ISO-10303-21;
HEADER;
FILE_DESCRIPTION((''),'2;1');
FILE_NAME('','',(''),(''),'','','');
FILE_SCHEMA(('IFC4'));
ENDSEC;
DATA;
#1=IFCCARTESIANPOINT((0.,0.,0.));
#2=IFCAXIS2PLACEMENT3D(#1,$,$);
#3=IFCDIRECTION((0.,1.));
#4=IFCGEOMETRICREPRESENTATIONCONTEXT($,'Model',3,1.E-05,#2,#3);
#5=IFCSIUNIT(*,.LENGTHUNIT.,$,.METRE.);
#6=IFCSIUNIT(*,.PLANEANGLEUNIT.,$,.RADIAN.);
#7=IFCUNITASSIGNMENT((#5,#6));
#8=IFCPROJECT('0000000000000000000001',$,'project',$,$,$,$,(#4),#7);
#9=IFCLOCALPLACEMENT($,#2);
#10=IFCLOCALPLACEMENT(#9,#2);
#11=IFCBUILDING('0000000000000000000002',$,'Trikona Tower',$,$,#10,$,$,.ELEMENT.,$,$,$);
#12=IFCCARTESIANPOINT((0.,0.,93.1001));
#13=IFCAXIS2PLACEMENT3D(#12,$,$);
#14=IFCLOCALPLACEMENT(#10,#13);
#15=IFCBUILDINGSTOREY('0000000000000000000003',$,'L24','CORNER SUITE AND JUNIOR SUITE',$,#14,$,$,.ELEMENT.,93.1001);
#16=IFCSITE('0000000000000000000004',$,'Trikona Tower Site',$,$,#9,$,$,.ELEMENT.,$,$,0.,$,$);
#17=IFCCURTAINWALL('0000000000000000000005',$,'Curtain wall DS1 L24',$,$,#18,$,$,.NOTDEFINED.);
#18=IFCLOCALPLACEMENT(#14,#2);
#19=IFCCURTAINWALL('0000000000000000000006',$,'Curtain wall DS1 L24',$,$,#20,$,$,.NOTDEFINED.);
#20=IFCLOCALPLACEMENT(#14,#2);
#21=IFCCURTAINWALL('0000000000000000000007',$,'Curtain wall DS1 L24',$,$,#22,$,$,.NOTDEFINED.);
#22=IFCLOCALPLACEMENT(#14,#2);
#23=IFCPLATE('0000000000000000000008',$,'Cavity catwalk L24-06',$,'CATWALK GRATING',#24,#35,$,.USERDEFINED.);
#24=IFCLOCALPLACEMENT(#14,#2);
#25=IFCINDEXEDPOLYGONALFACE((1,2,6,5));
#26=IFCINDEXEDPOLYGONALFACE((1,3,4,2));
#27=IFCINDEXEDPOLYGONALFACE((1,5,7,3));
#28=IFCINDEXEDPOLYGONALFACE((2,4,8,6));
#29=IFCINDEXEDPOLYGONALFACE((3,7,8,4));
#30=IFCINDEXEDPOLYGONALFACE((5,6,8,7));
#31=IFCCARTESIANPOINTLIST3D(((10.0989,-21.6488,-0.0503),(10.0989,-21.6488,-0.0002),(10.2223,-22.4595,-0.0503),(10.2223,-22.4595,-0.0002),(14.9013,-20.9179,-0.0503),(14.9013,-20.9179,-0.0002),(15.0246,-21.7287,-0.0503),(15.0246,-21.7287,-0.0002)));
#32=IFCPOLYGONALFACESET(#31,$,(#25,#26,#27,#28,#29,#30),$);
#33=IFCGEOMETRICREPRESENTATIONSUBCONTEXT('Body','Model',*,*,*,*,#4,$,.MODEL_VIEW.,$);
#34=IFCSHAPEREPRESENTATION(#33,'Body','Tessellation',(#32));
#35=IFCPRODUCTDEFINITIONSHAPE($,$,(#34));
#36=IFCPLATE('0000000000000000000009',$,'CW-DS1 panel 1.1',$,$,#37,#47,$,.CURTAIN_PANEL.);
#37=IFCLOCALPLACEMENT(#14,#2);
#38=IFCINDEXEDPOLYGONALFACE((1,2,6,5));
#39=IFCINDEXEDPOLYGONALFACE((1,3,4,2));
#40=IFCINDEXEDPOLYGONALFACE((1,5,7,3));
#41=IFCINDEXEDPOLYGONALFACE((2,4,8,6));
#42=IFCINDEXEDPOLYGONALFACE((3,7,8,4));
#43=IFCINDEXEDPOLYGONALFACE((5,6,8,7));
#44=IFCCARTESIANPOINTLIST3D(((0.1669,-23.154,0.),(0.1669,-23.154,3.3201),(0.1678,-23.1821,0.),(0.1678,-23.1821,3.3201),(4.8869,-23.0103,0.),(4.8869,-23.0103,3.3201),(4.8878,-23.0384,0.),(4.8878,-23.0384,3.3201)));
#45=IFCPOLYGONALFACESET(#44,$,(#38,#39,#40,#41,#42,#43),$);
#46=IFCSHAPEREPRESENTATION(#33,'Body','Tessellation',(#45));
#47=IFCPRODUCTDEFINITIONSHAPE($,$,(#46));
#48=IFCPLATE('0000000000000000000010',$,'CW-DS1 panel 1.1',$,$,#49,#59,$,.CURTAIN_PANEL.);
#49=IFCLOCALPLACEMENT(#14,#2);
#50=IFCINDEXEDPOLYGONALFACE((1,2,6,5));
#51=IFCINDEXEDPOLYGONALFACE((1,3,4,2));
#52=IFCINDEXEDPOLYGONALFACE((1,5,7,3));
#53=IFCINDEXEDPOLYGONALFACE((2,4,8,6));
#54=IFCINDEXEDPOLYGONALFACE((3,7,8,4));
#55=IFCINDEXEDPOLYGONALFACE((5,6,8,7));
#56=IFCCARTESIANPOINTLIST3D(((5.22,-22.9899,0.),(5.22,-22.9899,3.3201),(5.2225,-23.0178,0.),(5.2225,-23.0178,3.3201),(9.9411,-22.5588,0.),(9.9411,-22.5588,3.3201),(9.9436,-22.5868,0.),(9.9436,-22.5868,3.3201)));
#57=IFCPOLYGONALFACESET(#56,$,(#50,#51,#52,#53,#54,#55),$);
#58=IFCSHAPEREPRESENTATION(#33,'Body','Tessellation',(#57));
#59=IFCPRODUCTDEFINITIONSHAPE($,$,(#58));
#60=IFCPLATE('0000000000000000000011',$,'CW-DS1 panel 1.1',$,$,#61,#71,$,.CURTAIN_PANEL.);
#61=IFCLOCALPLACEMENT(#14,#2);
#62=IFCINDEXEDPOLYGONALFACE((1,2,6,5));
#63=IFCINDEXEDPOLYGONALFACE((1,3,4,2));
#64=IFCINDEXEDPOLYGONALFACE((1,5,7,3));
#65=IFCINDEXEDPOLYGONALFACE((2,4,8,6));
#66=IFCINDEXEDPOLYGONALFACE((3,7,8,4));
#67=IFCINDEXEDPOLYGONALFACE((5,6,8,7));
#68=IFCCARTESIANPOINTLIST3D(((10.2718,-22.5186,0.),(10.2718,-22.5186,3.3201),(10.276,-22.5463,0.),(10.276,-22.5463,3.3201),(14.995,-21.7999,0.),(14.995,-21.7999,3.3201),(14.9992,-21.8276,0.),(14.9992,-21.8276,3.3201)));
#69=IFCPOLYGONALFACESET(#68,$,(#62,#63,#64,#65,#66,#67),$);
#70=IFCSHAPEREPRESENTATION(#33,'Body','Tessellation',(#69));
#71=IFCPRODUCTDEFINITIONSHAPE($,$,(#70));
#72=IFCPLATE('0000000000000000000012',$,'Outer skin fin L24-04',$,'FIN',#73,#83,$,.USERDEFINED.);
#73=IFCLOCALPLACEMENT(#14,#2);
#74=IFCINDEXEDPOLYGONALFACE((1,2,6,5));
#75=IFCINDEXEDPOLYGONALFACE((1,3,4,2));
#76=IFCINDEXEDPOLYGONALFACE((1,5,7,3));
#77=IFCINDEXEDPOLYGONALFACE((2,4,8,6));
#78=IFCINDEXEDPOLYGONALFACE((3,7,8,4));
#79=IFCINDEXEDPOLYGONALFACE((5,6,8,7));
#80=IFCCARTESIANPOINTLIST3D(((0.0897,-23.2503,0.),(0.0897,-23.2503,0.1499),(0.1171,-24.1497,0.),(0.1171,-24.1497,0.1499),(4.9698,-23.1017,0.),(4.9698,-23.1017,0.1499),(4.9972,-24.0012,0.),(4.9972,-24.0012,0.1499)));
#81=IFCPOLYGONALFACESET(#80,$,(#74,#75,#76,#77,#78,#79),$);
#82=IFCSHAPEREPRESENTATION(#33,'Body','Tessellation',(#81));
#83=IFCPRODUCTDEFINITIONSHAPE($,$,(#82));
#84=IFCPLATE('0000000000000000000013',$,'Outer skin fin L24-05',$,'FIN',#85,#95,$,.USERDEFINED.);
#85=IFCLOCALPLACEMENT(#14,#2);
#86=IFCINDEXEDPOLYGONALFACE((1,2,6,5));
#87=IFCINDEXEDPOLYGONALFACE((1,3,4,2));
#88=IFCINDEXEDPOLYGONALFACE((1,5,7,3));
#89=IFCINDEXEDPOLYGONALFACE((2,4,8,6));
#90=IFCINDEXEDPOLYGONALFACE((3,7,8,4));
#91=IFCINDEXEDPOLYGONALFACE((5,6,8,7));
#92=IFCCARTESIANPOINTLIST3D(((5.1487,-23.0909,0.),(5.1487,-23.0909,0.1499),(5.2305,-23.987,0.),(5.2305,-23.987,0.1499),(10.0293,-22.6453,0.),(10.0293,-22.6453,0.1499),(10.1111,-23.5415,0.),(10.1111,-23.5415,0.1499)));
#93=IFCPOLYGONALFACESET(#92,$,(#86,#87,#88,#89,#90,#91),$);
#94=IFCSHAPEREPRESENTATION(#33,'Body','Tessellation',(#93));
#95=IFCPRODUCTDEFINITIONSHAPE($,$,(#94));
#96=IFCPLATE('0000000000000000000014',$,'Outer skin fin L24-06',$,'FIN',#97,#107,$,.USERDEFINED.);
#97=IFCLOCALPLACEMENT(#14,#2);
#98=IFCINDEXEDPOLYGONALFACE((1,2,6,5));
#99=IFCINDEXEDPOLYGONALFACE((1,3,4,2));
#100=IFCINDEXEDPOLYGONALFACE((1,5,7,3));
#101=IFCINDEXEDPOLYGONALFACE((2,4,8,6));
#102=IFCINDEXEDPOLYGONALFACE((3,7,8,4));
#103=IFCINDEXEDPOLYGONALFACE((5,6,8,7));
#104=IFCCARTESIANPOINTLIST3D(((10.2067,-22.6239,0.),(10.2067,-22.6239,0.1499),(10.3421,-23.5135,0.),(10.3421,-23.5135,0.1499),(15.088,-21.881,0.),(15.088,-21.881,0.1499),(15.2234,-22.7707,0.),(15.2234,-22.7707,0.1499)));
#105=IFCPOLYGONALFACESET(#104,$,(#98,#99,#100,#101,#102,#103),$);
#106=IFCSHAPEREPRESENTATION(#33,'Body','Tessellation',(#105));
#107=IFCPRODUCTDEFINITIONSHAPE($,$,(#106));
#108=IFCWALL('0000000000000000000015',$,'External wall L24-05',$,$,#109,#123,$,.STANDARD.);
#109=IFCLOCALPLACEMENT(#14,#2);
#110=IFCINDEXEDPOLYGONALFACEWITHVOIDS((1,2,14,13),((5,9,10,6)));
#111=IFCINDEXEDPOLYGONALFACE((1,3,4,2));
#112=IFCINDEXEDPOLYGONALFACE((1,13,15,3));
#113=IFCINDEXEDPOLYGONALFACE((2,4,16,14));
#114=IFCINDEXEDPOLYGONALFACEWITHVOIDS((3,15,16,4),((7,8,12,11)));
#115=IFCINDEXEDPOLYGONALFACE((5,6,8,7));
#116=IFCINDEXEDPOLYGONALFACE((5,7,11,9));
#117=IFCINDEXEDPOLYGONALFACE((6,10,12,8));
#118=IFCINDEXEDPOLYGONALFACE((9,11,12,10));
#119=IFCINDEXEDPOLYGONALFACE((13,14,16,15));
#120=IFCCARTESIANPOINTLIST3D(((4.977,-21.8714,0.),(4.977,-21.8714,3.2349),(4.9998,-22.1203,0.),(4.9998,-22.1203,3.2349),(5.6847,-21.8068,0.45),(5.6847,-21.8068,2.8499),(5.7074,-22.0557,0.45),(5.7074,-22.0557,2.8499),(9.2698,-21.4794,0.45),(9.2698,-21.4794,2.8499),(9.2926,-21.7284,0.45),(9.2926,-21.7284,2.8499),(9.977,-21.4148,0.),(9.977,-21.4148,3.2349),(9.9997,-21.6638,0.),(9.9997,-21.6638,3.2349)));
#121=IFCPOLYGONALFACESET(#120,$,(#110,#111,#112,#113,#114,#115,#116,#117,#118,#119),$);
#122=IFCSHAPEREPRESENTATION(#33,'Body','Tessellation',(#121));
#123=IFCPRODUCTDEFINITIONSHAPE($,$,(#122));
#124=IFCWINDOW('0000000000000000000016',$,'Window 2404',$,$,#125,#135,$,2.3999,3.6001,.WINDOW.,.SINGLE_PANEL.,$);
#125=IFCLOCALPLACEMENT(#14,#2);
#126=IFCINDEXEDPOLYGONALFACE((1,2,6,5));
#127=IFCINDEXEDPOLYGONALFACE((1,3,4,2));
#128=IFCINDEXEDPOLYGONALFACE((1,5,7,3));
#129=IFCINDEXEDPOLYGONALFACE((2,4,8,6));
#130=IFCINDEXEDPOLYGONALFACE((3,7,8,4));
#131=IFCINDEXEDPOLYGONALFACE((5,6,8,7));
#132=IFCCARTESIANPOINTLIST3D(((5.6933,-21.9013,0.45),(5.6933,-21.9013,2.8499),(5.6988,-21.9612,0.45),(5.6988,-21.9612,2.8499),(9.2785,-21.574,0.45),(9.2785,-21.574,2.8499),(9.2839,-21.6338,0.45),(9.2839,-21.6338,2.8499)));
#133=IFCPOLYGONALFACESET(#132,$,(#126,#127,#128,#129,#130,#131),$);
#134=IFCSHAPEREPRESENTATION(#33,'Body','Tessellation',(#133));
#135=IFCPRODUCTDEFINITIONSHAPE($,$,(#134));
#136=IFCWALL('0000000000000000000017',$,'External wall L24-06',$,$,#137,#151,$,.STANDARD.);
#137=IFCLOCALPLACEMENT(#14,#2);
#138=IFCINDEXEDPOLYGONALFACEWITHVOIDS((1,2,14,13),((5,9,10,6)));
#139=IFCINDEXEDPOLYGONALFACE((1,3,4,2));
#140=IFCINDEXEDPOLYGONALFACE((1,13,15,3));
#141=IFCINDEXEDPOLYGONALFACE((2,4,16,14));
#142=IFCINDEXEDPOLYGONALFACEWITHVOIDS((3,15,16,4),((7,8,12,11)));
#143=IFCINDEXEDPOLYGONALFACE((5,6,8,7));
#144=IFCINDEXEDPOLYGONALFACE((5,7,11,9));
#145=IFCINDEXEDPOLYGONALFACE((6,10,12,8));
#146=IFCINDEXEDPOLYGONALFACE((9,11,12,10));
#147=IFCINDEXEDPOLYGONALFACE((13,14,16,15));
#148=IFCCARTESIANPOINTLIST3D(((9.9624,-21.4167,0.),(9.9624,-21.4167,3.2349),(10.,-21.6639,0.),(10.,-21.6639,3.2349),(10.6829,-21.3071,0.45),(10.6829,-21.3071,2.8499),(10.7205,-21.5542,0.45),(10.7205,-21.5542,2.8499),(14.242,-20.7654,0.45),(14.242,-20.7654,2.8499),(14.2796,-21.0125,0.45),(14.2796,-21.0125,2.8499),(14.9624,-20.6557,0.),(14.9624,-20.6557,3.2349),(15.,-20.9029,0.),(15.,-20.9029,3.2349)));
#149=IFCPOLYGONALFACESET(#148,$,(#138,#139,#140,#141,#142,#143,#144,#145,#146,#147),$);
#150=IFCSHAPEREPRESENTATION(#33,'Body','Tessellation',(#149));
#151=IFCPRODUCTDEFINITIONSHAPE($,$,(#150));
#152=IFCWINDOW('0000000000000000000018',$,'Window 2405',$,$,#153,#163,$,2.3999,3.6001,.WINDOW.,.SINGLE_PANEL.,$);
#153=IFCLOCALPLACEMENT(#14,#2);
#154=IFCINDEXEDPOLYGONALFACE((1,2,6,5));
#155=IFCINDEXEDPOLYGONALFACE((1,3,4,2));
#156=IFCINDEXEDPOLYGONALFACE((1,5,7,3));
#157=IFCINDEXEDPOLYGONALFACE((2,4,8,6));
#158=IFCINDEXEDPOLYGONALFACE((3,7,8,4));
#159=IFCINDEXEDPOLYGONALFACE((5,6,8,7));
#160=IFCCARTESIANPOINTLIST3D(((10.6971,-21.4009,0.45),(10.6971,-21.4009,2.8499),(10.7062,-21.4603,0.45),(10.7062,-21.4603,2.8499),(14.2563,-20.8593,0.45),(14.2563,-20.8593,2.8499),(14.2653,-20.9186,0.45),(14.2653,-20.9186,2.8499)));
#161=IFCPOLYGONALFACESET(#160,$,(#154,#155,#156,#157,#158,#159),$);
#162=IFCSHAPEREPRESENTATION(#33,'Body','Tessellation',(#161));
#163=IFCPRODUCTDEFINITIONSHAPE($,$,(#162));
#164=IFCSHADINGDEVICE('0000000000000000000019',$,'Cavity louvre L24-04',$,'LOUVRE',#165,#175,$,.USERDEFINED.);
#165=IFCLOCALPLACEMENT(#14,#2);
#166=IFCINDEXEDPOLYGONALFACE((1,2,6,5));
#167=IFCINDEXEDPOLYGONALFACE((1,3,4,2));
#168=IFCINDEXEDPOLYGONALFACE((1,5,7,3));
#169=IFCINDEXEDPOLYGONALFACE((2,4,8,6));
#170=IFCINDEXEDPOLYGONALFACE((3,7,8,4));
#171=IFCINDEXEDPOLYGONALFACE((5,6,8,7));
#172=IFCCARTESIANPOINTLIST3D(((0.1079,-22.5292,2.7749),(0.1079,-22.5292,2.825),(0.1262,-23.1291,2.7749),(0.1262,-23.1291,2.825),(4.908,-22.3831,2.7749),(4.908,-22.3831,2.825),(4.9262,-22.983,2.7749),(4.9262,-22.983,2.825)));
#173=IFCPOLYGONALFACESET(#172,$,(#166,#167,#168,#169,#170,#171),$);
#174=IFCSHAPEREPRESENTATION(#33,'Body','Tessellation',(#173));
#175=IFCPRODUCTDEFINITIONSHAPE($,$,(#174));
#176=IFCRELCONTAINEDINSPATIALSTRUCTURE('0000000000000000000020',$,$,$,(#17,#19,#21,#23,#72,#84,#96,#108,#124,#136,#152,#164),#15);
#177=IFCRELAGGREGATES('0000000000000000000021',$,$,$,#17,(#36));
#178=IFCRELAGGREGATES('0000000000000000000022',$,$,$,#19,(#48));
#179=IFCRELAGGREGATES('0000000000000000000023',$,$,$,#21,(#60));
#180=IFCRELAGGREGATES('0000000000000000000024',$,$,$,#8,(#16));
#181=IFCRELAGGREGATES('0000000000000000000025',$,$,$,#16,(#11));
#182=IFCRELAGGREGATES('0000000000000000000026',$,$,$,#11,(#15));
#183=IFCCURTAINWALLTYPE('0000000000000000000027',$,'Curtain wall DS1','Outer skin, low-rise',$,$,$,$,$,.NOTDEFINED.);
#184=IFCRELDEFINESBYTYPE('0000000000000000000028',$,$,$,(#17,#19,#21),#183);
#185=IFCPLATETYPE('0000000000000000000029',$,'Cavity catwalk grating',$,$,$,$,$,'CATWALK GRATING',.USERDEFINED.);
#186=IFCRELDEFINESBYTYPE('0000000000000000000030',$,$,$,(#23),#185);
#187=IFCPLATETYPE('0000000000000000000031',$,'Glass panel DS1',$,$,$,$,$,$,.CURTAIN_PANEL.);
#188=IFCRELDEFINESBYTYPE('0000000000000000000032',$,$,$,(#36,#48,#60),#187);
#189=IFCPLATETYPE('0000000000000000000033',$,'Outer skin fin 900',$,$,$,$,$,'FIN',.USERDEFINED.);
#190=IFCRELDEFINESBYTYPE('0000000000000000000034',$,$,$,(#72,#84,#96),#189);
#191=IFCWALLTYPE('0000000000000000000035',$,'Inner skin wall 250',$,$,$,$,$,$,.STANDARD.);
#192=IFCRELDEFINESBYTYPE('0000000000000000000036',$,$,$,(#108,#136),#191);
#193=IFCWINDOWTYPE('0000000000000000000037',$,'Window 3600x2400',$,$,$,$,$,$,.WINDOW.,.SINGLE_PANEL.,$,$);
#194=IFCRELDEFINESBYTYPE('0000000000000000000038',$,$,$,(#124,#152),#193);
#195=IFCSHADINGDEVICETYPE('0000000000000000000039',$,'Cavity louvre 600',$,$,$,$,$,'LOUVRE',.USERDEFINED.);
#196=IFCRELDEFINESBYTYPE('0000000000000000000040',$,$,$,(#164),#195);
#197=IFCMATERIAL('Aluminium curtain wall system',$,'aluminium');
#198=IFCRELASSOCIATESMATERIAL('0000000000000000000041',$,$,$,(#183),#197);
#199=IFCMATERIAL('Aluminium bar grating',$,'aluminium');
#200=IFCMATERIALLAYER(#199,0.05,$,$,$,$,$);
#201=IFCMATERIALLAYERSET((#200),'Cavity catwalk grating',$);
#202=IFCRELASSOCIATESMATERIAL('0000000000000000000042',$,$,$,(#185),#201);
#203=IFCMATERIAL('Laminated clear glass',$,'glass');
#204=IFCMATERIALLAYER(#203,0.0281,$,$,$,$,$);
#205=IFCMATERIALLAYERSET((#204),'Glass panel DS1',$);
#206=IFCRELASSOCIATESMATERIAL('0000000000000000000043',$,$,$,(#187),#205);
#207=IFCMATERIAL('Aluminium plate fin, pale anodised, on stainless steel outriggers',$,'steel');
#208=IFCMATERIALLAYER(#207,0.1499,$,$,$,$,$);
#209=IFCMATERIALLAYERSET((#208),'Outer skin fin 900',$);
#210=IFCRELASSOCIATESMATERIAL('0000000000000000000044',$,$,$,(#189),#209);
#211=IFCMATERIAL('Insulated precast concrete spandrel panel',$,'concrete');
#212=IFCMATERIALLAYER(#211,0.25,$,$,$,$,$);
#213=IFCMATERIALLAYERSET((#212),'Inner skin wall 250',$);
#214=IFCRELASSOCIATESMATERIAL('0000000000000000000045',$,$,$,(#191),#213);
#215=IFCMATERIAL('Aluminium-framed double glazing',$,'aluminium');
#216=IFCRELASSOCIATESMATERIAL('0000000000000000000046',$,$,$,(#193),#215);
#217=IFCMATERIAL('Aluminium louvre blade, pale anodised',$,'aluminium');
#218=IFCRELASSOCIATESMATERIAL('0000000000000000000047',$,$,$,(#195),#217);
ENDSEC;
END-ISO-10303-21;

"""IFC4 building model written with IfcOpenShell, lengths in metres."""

from ifc_helpers import new_model, si_unit, direction, frame, frame_2d, origin, origin_2d, place, context, subcontext, project, spatial, rectangle, extrude, material, layer, layer_set, type_object, element, fill, aggregate, save


model = new_model("IFC4")

# Units and contexts
model_context = context("Model", 3, precision=1e-05, world=origin(), true_north=direction((0.0, 1.0)))
body_context = subcontext(model_context, "Body", "Model", "MODEL_VIEW")
ifc_project = project(units=[si_unit("LENGTHUNIT", "METRE"), si_unit("PLANEANGLEUNIT", "RADIAN")], contexts=[model_context])

# Site, building, storey
site_placement = place(None, origin())
site = spatial("IfcSite", under=ifc_project, at=site_placement, Name="Trikona Tower Site", CompositionType="ELEMENT", RefElevation=0.0)
building_placement = place(site_placement, origin())
building = spatial("IfcBuilding", under=site, at=building_placement, Name="Trikona Tower", CompositionType="ELEMENT")
storey_placement = place(building_placement, frame((0.0, 0.0, 93.1001)))
storey = spatial("IfcBuildingStorey", under=building, at=storey_placement, Name="L24", Description="CORNER SUITE AND JUNIOR SUITE", CompositionType="ELEMENT", Elevation=93.1001)

# Curtain walls
ifc_material_1 = material(Name="Aluminium curtain wall system", Category="aluminium")
curtain_wall_type = type_object("IfcCurtainWallType", Name="Curtain wall DS1", Description="Outer skin, low-rise", PredefinedType="NOTDEFINED", material=ifc_material_1)
curtain_wall_1_placement = place(storey_placement, origin())
curtain_wall_1 = element("IfcCurtainWall", 1, at=curtain_wall_1_placement, inside=storey, type_object=curtain_wall_type, Name="Curtain wall DS1 L24", PredefinedType="NOTDEFINED")
curtain_wall_2_placement = place(storey_placement, origin())
curtain_wall_2 = element("IfcCurtainWall", 2, at=curtain_wall_2_placement, inside=storey, type_object=curtain_wall_type, Name="Curtain wall DS1 L24", PredefinedType="NOTDEFINED")

# Curtain wall
curtain_wall_3_placement = place(storey_placement, origin())
curtain_wall_3 = element("IfcCurtainWall", 3, at=curtain_wall_3_placement, inside=storey, type_object=curtain_wall_type, Name="Curtain wall DS1 L24", PredefinedType="NOTDEFINED")

# Plate
ifc_material_2 = material(Name="Aluminium bar grating", Category="aluminium")
ifc_layer_1 = layer(ifc_material_2, 0.05)
ifc_layer_set_1 = layer_set([ifc_layer_1], Name="Cavity catwalk grating")
plate_type_1 = type_object("IfcPlateType", Name="Cavity catwalk grating", ElementType="CATWALK GRATING", PredefinedType="USERDEFINED", material=ifc_layer_set_1)
plate_1_placement = place(storey_placement, frame((12.5618, -21.6887, -0.0503), z_axis=(0.0, 0.0, 1.0), x_axis=(0.988618, 0.150448, 0.0)))
element("IfcPlate", 4, at=plate_1_placement, inside=storey, type_object=plate_type_1, Name="Cavity catwalk L24-06", ObjectType="CATWALK GRATING", PredefinedType="USERDEFINED", context=body_context, shape_type="SweptSolid", body=[
    extrude(rectangle(XDim=4.8577, YDim=0.8201, at=origin_2d()), origin(), (0.0, 0.0, 1.0), 0.05),
])

# Plates
ifc_material_3 = material(Name="Laminated clear glass", Category="glass")
ifc_layer_2 = layer(ifc_material_3, 0.0281)
ifc_layer_set_2 = layer_set([ifc_layer_2], Name="Glass panel DS1")
plate_type_2 = type_object("IfcPlateType", Name="Glass panel DS1", PredefinedType="CURTAIN_PANEL", material=ifc_layer_set_2)
plate_2_placement = place(storey_placement, frame((2.5273, -23.0962, 0.0), z_axis=(0.0, 0.0, 1.0), x_axis=(0.999537, 0.030437, 0.0)))
plate_2 = element("IfcPlate", 5, at=plate_2_placement, type_object=plate_type_2, Name="CW-DS1 panel 1.1", PredefinedType="CURTAIN_PANEL", context=body_context, shape_type="SweptSolid", body=[
    extrude(rectangle(XDim=4.7222, YDim=0.0281, at=origin_2d()), origin(), (0.0, 0.0, 1.0), 3.3201),
])
aggregate(curtain_wall_1, [plate_2])
plate_3_placement = place(storey_placement, frame((7.5818, -22.7883, 0.0), z_axis=(0.0, 0.0, 1.0), x_axis=(0.995858, 0.090924, 0.0)))
plate_3 = element("IfcPlate", 6, at=plate_3_placement, type_object=plate_type_2, Name="CW-DS1 panel 1.1", PredefinedType="CURTAIN_PANEL", context=body_context, shape_type="SweptSolid", body=[
    extrude(rectangle(XDim=4.7407, YDim=0.0281, at=origin_2d()), origin(), (0.0, 0.0, 1.0), 3.3201),
])
aggregate(curtain_wall_2, [plate_3])
plate_4_placement = place(storey_placement, frame((12.6355, -22.1731, 0.0), z_axis=(0.0, 0.0, 1.0), x_axis=(0.988619, 0.150438, 0.0)))
plate_4 = element("IfcPlate", 7, at=plate_4_placement, type_object=plate_type_2, Name="CW-DS1 panel 1.1", PredefinedType="CURTAIN_PANEL", context=body_context, shape_type="SweptSolid", body=[
    extrude(rectangle(XDim=4.7776, YDim=0.0281, at=origin_2d()), origin(), (0.0, 0.0, 1.0), 3.3201),
])
aggregate(curtain_wall_3, [plate_4])

# Plates
ifc_material_4 = material(Name="Aluminium plate fin, pale anodised, on stainless steel outriggers", Category="steel")
ifc_layer_3 = layer(ifc_material_4, 0.1499)
ifc_layer_set_3 = layer_set([ifc_layer_3], Name="Outer skin fin 900")
plate_type_3 = type_object("IfcPlateType", Name="Outer skin fin 900", ElementType="FIN", PredefinedType="USERDEFINED", material=ifc_layer_set_3)
plate_5_placement = place(storey_placement, frame((2.5435, -23.6257, 0.0), z_axis=(0.0, 0.0, 1.0), x_axis=(0.999537, 0.030425, 0.0)))
element("IfcPlate", 8, at=plate_5_placement, inside=storey, type_object=plate_type_3, Name="Outer skin fin L24-04", ObjectType="FIN", PredefinedType="USERDEFINED", context=body_context, shape_type="SweptSolid", body=[
    extrude(rectangle(XDim=4.8823, YDim=0.8999, at=origin_2d()), origin(), (0.0, 0.0, 1.0), 0.1499),
])
plate_6_placement = place(storey_placement, frame((7.6299, -23.3162, 0.0), z_axis=(0.0, 0.0, 1.0), x_axis=(0.995858, 0.090921, 0.0)))
element("IfcPlate", 9, at=plate_6_placement, inside=storey, type_object=plate_type_3, Name="Outer skin fin L24-05", ObjectType="FIN", PredefinedType="USERDEFINED", context=body_context, shape_type="SweptSolid", body=[
    extrude(rectangle(XDim=4.9009, YDim=0.8999, at=origin_2d()), origin(), (0.0, 0.0, 1.0), 0.1499),
])
plate_7_placement = place(storey_placement, frame((12.7151, -22.6973, 0.0), z_axis=(0.0, 0.0, 1.0), x_axis=(0.988618, 0.150448, 0.0)))
element("IfcPlate", 10, at=plate_7_placement, inside=storey, type_object=plate_type_3, Name="Outer skin fin L24-06", ObjectType="FIN", PredefinedType="USERDEFINED", context=body_context, shape_type="SweptSolid", body=[
    extrude(rectangle(XDim=4.9375, YDim=0.8999, at=origin_2d()), origin(), (0.0, 0.0, 1.0), 0.1499),
])

# Walls, openings, windows
ifc_material_5 = material(Name="Insulated precast concrete spandrel panel", Category="concrete")
ifc_layer_4 = layer(ifc_material_5, 0.25)
ifc_layer_set_4 = layer_set([ifc_layer_4], Name="Inner skin wall 250")
wall_type = type_object("IfcWallType", Name="Inner skin wall 250", PredefinedType="STANDARD", material=ifc_layer_set_4)
wall_1_placement = place(storey_placement, frame((4.9885, -21.9958, 0.0), z_axis=(0.0, 0.0, 1.0), x_axis=(0.995857, 0.09093, 0.0)))
wall_1 = element("IfcWall", 11, at=wall_1_placement, inside=storey, type_object=wall_type, Name="External wall L24-05", PredefinedType="STANDARD", context=body_context, shape_type="SweptSolid", body=[
    extrude(rectangle(XDim=5.0208, YDim=0.25, at=frame_2d((2.5103, 0.0))), origin(), (0.0, 0.0, 1.0), 3.2349),
])
opening_1_placement = place(wall_1_placement, frame((0.7104, 0.0, 0.45)))
opening_1 = element("IfcOpeningElement", 12, at=opening_1_placement, cuts=wall_1, PredefinedType="OPENING", context=body_context, shape_type="SweptSolid", body=[
    extrude(rectangle(XDim=3.6001, YDim=2.3999, at=frame_2d((1.8, 1.2))), frame((0.0, 0.135, 0.0), z_axis=(0.0, -1.0, 0.0), x_axis=(1.0, 0.0, 0.0)), (0.0, 0.0, 1.0), 0.27),
])
ifc_material_6 = material(Name="Aluminium-framed double glazing", Category="aluminium")
window_type = type_object("IfcWindowType", Name="Window 3600x2400", PartitioningType="SINGLE_PANEL", PredefinedType="WINDOW", material=ifc_material_6)
window_1_placement = place(opening_1_placement, origin())
window_1 = element("IfcWindow", 13, at=window_1_placement, inside=storey, type_object=window_type, Name="Window 2404", OverallHeight=2.3999, OverallWidth=3.6001, PartitioningType="SINGLE_PANEL", PredefinedType="WINDOW", context=body_context, shape_type="SweptSolid", body=[
    extrude(rectangle(XDim=3.6001, YDim=2.3999, at=frame_2d((1.8, 1.2))), frame((0.0, 0.03, 0.0), z_axis=(0.0, -1.0, 0.0), x_axis=(1.0, 0.0, 0.0)), (0.0, 0.0, 1.0), 0.0601),
])
fill(opening_1, window_1)
wall_2_placement = place(storey_placement, frame((9.9812, -21.5403, 0.0), z_axis=(0.0, 0.0, 1.0), x_axis=(0.988615, 0.150465, 0.0)))
wall_2 = element("IfcWall", 14, at=wall_2_placement, inside=storey, type_object=wall_type, Name="External wall L24-06", PredefinedType="STANDARD", context=body_context, shape_type="SweptSolid", body=[
    extrude(rectangle(XDim=5.0576, YDim=0.25, at=frame_2d((2.5288, 0.0))), origin(), (0.0, 0.0, 1.0), 3.2349),
])
opening_2_placement = place(wall_2_placement, frame((0.7288, 0.0, 0.45)))
opening_2 = element("IfcOpeningElement", 15, at=opening_2_placement, cuts=wall_2, PredefinedType="OPENING", context=body_context, shape_type="SweptSolid", body=[
    extrude(rectangle(XDim=3.6001, YDim=2.3999, at=frame_2d((1.8, 1.2))), frame((0.0, 0.135, 0.0), z_axis=(0.0, -1.0, 0.0), x_axis=(1.0, 0.0, 0.0)), (0.0, 0.0, 1.0), 0.27),
])
window_2_placement = place(opening_2_placement, origin())
window_2 = element("IfcWindow", 16, at=window_2_placement, inside=storey, type_object=window_type, Name="Window 2405", OverallHeight=2.3999, OverallWidth=3.6001, PartitioningType="SINGLE_PANEL", PredefinedType="WINDOW", context=body_context, shape_type="SweptSolid", body=[
    extrude(rectangle(XDim=3.6001, YDim=2.3999, at=frame_2d((1.8, 1.2))), frame((0.0, 0.03, 0.0), z_axis=(0.0, -1.0, 0.0), x_axis=(1.0, 0.0, 0.0)), (0.0, 0.0, 1.0), 0.0601),
])
fill(opening_2, window_2)

# Shading device
ifc_material_7 = material(Name="Aluminium louvre blade, pale anodised", Category="aluminium")
shading_device_type = type_object("IfcShadingDeviceType", Name="Cavity louvre 600", ElementType="LOUVRE", PredefinedType="USERDEFINED", material=ifc_material_7)
shading_device_1_placement = place(storey_placement, frame((2.5171, -22.7561, 2.7749), z_axis=(0.0, 0.0, 1.0), x_axis=(0.999537, 0.030425, 0.0)))
element("IfcShadingDevice", 17, at=shading_device_1_placement, inside=storey, type_object=shading_device_type, Name="Cavity louvre L24-04", ObjectType="LOUVRE", PredefinedType="USERDEFINED", context=body_context, shape_type="SweptSolid", body=[
    extrude(rectangle(XDim=4.8022, YDim=0.6001, at=origin_2d()), origin(), (0.0, 0.0, 1.0), 0.05),
])

save(model, "model.ifc")
